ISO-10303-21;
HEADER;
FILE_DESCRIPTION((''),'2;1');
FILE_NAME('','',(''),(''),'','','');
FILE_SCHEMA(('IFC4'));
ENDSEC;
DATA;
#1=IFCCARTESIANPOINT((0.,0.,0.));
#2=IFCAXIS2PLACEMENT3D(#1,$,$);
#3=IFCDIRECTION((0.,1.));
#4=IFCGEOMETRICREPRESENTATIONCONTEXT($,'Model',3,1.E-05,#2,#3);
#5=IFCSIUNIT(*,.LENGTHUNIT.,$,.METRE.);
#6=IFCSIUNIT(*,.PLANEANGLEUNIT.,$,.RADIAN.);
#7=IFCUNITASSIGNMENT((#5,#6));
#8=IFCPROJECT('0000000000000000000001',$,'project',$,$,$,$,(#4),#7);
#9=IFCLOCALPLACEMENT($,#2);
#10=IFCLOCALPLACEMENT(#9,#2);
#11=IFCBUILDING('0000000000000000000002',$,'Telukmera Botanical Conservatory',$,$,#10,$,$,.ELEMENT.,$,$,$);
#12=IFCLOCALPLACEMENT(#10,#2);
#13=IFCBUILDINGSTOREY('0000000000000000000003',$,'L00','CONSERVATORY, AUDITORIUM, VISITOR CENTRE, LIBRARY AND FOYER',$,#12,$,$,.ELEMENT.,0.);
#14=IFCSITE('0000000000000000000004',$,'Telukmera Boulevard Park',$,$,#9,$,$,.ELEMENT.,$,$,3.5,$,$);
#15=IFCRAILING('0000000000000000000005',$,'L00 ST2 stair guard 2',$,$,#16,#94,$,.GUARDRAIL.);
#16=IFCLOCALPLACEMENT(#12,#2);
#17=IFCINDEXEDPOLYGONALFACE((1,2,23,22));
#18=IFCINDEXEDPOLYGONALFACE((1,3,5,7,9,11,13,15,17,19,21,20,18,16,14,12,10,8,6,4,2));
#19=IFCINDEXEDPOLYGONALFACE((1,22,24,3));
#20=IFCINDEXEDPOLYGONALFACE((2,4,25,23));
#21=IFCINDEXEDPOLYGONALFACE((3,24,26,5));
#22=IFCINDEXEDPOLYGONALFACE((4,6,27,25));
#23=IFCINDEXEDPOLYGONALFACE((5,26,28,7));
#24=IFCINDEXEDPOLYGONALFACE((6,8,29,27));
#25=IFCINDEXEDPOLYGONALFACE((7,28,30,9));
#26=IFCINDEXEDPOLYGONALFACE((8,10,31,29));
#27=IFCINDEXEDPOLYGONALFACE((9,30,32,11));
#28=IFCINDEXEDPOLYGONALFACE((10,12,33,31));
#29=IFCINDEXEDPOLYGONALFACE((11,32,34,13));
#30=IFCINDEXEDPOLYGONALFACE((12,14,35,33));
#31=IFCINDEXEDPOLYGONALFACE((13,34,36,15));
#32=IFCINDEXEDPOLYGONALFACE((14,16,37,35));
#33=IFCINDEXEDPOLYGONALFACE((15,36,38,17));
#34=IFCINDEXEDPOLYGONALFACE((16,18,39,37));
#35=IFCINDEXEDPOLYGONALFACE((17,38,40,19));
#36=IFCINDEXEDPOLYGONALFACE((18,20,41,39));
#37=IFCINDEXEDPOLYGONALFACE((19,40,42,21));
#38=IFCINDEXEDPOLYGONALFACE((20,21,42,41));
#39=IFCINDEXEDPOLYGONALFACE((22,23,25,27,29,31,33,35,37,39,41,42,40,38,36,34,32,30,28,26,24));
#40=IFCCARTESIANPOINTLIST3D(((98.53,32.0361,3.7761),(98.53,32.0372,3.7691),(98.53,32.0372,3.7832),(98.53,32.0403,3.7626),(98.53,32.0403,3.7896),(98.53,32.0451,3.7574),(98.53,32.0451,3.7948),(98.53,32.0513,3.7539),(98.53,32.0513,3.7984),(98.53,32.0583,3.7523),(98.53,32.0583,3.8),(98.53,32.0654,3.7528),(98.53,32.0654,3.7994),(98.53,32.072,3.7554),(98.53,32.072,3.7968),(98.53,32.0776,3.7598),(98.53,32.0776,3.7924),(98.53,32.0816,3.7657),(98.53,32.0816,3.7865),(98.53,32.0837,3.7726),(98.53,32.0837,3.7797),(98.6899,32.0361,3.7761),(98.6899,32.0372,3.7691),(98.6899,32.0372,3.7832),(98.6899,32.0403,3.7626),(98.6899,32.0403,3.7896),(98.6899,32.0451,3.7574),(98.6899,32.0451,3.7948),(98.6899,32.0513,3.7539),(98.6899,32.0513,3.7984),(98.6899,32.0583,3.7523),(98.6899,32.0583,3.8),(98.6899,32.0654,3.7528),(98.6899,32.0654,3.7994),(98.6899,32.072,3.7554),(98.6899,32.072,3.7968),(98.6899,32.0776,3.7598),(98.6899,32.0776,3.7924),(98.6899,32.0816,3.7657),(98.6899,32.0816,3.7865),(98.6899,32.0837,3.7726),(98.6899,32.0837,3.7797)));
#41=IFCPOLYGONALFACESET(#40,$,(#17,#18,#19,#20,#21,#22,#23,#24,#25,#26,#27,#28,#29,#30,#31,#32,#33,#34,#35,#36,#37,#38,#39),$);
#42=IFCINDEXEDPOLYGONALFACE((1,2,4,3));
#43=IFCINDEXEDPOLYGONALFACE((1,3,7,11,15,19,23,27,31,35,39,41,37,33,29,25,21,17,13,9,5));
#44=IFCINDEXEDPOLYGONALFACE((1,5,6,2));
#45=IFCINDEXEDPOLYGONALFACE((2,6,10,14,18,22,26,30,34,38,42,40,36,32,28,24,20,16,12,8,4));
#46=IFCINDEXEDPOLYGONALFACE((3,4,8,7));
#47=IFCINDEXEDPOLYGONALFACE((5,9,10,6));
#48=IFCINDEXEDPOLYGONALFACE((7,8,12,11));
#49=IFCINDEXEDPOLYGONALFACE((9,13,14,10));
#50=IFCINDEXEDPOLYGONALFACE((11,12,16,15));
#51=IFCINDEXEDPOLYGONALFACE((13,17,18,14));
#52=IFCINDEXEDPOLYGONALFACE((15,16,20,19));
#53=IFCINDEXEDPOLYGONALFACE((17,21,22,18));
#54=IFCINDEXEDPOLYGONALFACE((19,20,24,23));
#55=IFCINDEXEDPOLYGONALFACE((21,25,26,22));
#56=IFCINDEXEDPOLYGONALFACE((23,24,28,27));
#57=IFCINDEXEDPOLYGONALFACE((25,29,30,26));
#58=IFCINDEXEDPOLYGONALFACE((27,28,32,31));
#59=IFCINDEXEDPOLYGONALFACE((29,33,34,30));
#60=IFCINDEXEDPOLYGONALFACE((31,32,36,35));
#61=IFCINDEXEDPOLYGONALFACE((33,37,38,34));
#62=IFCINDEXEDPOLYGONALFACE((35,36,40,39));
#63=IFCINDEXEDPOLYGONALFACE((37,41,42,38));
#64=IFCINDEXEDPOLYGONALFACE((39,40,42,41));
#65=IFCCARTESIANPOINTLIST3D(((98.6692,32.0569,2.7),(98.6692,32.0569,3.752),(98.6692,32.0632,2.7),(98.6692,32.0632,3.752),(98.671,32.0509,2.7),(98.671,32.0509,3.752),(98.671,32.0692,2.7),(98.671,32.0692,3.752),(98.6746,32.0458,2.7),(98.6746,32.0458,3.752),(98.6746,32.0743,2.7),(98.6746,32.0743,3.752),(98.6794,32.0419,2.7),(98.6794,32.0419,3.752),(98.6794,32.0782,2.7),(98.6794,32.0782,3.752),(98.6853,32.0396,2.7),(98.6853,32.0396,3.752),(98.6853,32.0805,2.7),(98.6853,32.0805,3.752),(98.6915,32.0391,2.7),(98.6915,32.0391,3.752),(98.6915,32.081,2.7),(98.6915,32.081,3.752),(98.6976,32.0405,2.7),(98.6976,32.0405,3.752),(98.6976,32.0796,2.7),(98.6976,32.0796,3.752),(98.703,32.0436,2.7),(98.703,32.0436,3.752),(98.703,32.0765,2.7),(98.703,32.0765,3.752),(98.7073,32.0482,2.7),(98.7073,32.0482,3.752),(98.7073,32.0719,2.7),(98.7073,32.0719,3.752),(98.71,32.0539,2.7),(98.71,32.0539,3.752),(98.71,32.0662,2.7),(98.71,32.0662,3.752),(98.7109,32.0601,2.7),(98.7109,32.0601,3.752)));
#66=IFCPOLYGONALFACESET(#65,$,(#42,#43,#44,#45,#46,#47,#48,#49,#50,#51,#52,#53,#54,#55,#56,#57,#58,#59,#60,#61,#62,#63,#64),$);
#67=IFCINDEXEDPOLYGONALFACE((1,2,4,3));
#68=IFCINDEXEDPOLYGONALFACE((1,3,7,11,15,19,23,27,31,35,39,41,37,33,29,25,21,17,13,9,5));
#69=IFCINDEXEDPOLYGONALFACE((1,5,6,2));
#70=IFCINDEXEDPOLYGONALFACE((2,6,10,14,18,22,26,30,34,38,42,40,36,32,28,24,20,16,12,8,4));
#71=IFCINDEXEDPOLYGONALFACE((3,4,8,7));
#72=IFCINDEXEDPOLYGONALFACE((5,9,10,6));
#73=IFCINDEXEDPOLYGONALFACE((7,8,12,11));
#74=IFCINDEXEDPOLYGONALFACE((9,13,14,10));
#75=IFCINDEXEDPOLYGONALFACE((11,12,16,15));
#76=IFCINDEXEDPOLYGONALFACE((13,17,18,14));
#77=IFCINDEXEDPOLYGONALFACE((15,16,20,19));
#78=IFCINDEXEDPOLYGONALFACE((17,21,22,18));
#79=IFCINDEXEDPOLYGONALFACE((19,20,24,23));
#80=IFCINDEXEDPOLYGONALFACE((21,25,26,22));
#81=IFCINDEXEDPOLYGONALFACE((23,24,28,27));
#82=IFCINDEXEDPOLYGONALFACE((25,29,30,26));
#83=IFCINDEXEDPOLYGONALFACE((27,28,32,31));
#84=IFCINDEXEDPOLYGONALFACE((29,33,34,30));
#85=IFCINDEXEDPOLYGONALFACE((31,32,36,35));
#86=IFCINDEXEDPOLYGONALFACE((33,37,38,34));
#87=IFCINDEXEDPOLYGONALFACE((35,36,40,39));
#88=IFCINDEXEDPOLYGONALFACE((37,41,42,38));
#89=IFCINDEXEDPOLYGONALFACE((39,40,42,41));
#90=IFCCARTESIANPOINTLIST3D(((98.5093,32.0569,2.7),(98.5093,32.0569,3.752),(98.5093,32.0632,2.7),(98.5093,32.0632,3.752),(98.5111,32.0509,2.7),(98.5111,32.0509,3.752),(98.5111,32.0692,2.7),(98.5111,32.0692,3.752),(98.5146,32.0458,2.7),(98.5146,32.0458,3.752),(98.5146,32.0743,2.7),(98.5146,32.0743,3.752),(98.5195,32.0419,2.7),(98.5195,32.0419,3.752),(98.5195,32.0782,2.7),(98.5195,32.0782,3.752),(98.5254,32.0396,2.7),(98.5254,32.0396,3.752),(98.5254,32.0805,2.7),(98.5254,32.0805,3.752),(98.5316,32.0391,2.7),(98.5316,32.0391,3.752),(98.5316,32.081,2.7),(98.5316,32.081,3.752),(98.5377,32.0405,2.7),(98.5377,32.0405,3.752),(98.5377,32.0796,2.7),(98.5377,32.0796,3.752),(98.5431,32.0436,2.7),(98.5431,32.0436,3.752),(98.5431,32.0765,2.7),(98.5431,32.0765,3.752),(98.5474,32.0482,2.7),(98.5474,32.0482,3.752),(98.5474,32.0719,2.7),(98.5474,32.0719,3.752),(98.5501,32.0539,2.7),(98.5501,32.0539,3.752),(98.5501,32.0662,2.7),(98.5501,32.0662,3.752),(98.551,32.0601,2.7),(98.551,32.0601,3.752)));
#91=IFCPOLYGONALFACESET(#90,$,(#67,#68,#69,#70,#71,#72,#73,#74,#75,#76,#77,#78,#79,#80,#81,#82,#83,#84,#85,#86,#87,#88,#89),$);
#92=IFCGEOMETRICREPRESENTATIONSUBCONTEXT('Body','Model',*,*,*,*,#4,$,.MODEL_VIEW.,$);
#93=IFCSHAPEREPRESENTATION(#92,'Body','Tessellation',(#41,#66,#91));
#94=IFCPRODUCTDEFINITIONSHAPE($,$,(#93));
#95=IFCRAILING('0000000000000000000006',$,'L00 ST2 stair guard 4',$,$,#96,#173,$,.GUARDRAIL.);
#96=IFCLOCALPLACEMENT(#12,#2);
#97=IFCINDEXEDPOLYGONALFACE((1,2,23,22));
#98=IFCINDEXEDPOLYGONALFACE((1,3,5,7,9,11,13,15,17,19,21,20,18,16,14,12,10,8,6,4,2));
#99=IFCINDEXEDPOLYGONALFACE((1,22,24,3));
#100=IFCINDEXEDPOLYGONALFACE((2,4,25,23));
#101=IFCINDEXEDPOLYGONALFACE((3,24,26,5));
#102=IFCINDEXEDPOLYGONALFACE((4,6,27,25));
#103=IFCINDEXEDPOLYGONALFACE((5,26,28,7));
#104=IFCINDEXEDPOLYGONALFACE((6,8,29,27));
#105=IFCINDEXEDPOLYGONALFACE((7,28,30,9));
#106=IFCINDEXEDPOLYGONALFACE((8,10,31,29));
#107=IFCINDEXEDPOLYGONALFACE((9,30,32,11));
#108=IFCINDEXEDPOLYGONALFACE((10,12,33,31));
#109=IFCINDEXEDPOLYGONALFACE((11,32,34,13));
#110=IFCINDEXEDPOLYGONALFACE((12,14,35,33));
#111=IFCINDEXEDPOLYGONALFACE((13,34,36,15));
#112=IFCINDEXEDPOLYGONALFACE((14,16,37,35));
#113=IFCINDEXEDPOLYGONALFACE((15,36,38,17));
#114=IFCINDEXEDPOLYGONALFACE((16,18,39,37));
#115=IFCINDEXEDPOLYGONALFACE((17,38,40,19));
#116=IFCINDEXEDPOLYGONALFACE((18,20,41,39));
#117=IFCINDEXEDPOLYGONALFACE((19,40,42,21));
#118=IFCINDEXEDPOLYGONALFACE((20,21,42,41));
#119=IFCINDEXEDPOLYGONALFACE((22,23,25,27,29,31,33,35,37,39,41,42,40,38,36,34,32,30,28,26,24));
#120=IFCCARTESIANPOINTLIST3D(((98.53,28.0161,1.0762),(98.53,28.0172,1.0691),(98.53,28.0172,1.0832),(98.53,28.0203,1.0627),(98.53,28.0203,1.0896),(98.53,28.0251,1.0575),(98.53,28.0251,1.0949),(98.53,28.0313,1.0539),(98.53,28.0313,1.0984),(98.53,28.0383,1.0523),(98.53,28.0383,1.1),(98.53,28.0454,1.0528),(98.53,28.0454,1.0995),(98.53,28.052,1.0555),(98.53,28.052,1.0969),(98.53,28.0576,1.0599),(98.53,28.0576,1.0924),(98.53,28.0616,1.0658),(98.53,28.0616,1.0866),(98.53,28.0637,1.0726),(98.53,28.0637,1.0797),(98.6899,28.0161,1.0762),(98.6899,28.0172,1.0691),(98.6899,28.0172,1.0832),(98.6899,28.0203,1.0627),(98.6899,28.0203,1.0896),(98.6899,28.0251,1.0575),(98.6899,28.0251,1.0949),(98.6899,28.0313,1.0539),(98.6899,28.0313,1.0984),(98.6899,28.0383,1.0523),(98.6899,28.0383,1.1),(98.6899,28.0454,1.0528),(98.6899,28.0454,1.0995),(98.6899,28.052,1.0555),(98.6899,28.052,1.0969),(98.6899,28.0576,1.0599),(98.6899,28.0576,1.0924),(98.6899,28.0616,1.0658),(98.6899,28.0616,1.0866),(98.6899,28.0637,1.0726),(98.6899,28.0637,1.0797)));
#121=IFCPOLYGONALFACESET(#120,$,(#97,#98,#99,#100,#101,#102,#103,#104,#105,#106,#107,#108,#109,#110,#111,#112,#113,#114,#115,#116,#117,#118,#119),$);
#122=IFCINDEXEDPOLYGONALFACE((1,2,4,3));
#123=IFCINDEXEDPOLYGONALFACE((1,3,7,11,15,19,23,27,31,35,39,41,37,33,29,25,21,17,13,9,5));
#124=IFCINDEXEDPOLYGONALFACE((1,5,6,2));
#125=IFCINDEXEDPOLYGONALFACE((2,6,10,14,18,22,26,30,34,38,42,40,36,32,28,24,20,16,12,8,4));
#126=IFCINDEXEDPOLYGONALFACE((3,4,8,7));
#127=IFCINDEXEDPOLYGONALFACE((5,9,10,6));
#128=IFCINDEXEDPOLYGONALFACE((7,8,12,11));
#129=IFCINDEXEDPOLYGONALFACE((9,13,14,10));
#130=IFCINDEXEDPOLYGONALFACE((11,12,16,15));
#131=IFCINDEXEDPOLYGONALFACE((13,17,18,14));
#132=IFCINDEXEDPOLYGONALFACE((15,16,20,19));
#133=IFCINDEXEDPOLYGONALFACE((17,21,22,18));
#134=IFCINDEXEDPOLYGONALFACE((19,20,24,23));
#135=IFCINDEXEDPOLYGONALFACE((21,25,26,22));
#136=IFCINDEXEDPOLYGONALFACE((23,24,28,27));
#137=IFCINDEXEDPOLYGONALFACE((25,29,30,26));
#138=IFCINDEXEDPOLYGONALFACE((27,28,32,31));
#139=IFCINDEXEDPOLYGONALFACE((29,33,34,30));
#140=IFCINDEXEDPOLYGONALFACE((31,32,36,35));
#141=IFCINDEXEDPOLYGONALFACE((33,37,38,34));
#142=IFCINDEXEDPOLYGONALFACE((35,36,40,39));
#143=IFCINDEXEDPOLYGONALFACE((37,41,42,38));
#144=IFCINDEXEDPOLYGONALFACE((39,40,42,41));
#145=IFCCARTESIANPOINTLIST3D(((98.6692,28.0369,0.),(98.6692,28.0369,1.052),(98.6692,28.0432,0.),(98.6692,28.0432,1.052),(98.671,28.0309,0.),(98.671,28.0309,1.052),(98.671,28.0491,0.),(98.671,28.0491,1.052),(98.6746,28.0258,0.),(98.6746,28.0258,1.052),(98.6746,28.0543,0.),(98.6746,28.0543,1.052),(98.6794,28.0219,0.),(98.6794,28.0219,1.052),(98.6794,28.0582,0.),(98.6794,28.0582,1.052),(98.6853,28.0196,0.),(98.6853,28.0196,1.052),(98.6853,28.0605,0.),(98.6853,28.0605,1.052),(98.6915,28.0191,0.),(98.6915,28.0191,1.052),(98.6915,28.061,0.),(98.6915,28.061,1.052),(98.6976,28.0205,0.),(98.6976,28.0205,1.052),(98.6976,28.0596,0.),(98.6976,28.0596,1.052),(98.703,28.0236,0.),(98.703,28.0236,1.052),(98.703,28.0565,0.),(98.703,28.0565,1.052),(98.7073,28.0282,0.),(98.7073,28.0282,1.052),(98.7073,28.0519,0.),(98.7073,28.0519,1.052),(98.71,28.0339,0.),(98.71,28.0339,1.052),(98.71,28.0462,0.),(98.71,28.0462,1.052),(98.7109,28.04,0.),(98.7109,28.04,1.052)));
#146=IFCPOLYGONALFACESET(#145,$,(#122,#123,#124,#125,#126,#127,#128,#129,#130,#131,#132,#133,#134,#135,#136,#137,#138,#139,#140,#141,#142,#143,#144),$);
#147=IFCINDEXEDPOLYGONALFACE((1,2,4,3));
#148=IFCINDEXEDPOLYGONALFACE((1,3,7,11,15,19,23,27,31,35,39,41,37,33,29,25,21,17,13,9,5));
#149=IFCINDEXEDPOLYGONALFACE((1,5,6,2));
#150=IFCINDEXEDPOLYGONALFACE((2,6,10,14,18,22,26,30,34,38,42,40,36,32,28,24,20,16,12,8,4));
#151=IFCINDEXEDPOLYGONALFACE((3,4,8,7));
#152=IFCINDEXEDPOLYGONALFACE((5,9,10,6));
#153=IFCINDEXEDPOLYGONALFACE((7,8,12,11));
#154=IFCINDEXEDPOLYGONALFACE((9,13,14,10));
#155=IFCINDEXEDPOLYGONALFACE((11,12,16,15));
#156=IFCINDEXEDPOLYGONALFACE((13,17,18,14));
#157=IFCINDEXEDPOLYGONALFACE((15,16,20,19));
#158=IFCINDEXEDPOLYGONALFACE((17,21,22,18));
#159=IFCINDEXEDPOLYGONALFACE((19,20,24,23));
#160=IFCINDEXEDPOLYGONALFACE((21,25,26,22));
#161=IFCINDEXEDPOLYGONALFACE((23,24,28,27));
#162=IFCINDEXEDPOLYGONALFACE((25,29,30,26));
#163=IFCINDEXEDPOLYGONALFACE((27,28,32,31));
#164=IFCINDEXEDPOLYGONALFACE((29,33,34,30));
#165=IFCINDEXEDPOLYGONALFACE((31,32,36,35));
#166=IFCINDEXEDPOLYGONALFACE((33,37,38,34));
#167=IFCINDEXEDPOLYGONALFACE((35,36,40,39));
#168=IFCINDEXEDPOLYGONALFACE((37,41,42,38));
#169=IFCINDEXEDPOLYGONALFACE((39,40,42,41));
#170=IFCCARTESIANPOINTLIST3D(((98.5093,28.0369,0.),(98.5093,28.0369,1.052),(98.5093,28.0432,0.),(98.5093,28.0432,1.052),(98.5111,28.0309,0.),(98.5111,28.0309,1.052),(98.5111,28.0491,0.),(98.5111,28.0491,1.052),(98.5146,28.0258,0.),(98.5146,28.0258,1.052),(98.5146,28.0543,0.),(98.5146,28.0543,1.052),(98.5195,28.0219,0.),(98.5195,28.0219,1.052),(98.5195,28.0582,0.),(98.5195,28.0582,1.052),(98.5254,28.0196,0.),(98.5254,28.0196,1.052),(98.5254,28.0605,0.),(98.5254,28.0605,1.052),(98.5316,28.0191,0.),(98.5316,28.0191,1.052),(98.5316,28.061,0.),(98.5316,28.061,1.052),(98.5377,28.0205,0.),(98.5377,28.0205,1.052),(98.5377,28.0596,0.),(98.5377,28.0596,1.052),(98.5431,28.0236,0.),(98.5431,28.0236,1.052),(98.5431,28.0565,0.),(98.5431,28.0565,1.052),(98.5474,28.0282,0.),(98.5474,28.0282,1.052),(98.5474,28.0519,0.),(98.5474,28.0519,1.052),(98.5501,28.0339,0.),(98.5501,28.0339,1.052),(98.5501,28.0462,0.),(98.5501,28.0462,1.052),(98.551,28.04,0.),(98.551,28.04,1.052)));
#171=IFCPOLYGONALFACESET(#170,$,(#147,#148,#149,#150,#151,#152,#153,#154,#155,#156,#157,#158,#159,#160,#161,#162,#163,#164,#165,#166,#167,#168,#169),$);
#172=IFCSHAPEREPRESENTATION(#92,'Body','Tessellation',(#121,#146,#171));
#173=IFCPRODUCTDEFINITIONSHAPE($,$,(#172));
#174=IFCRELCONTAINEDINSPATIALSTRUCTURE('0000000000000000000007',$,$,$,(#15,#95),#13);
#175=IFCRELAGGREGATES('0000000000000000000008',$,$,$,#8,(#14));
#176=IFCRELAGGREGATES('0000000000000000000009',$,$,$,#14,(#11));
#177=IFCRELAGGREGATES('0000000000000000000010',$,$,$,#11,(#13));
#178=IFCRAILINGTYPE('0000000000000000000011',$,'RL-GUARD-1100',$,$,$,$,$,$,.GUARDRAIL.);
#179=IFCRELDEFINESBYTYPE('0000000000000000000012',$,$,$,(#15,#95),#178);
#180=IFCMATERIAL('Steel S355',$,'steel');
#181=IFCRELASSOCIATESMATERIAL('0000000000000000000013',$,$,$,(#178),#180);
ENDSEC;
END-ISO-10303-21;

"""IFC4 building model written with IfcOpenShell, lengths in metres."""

from ifc_helpers import new_model, si_unit, direction, frame, origin, origin_2d, place, context, subcontext, project, spatial, circle, extrude, material, type_object, element, save


model = new_model("IFC4")

# Units and contexts
model_context = context("Model", 3, precision=1e-05, world=origin(), true_north=direction((0.0, 1.0)))
body_context = subcontext(model_context, "Body", "Model", "MODEL_VIEW")
ifc_project = project(units=[si_unit("LENGTHUNIT", "METRE"), si_unit("PLANEANGLEUNIT", "RADIAN")], contexts=[model_context])

# Site, building, storey
site_placement = place(None, origin())
site = spatial("IfcSite", under=ifc_project, at=site_placement, Name="Telukmera Boulevard Park", CompositionType="ELEMENT", RefElevation=3.5)
building_placement = place(site_placement, origin())
building = spatial("IfcBuilding", under=site, at=building_placement, Name="Telukmera Botanical Conservatory", CompositionType="ELEMENT")
storey_placement = place(building_placement, origin())
storey = spatial("IfcBuildingStorey", under=building, at=storey_placement, Name="L00", Description="CONSERVATORY, AUDITORIUM, VISITOR CENTRE, LIBRARY AND FOYER", CompositionType="ELEMENT", Elevation=0.0)

# Railings
ifc_material_1 = material(Name="Steel S355", Category="steel")
railing_type_1 = type_object("IfcRailingType", Name="RL-GUARD-1100", PredefinedType="GUARDRAIL", material=ifc_material_1)
for number, where, name in (
    (1, (98.6899, 32.0601, 2.7), "L00 ST2 stair guard 2"),
    (2, (98.6899, 28.04, 0.0), "L00 ST2 stair guard 4"),
):
    element("IfcRailing", number, at=place(storey_placement, frame(where)), inside=storey, type_object=railing_type_1, Name=name, PredefinedType="GUARDRAIL", context=body_context, shape_type="SweptSolid", body=[
        extrude(circle(Radius=0.0239, at=origin_2d()), frame((0.0, 0.0, 1.0762), z_axis=(-1.0, 0.0, 0.0), x_axis=(0.0, -1.0, 0.0)), (0.0, 0.0, 1.0), 0.1599),
        extrude(circle(Radius=0.021, at=origin_2d()), origin(), (0.0, 0.0, 1.0), 1.052),
        extrude(circle(Radius=0.021, at=origin_2d()), frame((-0.1599, 0.0, 0.0)), (0.0, 0.0, 1.0), 1.052),
    ])

save(model, "model.ifc")
